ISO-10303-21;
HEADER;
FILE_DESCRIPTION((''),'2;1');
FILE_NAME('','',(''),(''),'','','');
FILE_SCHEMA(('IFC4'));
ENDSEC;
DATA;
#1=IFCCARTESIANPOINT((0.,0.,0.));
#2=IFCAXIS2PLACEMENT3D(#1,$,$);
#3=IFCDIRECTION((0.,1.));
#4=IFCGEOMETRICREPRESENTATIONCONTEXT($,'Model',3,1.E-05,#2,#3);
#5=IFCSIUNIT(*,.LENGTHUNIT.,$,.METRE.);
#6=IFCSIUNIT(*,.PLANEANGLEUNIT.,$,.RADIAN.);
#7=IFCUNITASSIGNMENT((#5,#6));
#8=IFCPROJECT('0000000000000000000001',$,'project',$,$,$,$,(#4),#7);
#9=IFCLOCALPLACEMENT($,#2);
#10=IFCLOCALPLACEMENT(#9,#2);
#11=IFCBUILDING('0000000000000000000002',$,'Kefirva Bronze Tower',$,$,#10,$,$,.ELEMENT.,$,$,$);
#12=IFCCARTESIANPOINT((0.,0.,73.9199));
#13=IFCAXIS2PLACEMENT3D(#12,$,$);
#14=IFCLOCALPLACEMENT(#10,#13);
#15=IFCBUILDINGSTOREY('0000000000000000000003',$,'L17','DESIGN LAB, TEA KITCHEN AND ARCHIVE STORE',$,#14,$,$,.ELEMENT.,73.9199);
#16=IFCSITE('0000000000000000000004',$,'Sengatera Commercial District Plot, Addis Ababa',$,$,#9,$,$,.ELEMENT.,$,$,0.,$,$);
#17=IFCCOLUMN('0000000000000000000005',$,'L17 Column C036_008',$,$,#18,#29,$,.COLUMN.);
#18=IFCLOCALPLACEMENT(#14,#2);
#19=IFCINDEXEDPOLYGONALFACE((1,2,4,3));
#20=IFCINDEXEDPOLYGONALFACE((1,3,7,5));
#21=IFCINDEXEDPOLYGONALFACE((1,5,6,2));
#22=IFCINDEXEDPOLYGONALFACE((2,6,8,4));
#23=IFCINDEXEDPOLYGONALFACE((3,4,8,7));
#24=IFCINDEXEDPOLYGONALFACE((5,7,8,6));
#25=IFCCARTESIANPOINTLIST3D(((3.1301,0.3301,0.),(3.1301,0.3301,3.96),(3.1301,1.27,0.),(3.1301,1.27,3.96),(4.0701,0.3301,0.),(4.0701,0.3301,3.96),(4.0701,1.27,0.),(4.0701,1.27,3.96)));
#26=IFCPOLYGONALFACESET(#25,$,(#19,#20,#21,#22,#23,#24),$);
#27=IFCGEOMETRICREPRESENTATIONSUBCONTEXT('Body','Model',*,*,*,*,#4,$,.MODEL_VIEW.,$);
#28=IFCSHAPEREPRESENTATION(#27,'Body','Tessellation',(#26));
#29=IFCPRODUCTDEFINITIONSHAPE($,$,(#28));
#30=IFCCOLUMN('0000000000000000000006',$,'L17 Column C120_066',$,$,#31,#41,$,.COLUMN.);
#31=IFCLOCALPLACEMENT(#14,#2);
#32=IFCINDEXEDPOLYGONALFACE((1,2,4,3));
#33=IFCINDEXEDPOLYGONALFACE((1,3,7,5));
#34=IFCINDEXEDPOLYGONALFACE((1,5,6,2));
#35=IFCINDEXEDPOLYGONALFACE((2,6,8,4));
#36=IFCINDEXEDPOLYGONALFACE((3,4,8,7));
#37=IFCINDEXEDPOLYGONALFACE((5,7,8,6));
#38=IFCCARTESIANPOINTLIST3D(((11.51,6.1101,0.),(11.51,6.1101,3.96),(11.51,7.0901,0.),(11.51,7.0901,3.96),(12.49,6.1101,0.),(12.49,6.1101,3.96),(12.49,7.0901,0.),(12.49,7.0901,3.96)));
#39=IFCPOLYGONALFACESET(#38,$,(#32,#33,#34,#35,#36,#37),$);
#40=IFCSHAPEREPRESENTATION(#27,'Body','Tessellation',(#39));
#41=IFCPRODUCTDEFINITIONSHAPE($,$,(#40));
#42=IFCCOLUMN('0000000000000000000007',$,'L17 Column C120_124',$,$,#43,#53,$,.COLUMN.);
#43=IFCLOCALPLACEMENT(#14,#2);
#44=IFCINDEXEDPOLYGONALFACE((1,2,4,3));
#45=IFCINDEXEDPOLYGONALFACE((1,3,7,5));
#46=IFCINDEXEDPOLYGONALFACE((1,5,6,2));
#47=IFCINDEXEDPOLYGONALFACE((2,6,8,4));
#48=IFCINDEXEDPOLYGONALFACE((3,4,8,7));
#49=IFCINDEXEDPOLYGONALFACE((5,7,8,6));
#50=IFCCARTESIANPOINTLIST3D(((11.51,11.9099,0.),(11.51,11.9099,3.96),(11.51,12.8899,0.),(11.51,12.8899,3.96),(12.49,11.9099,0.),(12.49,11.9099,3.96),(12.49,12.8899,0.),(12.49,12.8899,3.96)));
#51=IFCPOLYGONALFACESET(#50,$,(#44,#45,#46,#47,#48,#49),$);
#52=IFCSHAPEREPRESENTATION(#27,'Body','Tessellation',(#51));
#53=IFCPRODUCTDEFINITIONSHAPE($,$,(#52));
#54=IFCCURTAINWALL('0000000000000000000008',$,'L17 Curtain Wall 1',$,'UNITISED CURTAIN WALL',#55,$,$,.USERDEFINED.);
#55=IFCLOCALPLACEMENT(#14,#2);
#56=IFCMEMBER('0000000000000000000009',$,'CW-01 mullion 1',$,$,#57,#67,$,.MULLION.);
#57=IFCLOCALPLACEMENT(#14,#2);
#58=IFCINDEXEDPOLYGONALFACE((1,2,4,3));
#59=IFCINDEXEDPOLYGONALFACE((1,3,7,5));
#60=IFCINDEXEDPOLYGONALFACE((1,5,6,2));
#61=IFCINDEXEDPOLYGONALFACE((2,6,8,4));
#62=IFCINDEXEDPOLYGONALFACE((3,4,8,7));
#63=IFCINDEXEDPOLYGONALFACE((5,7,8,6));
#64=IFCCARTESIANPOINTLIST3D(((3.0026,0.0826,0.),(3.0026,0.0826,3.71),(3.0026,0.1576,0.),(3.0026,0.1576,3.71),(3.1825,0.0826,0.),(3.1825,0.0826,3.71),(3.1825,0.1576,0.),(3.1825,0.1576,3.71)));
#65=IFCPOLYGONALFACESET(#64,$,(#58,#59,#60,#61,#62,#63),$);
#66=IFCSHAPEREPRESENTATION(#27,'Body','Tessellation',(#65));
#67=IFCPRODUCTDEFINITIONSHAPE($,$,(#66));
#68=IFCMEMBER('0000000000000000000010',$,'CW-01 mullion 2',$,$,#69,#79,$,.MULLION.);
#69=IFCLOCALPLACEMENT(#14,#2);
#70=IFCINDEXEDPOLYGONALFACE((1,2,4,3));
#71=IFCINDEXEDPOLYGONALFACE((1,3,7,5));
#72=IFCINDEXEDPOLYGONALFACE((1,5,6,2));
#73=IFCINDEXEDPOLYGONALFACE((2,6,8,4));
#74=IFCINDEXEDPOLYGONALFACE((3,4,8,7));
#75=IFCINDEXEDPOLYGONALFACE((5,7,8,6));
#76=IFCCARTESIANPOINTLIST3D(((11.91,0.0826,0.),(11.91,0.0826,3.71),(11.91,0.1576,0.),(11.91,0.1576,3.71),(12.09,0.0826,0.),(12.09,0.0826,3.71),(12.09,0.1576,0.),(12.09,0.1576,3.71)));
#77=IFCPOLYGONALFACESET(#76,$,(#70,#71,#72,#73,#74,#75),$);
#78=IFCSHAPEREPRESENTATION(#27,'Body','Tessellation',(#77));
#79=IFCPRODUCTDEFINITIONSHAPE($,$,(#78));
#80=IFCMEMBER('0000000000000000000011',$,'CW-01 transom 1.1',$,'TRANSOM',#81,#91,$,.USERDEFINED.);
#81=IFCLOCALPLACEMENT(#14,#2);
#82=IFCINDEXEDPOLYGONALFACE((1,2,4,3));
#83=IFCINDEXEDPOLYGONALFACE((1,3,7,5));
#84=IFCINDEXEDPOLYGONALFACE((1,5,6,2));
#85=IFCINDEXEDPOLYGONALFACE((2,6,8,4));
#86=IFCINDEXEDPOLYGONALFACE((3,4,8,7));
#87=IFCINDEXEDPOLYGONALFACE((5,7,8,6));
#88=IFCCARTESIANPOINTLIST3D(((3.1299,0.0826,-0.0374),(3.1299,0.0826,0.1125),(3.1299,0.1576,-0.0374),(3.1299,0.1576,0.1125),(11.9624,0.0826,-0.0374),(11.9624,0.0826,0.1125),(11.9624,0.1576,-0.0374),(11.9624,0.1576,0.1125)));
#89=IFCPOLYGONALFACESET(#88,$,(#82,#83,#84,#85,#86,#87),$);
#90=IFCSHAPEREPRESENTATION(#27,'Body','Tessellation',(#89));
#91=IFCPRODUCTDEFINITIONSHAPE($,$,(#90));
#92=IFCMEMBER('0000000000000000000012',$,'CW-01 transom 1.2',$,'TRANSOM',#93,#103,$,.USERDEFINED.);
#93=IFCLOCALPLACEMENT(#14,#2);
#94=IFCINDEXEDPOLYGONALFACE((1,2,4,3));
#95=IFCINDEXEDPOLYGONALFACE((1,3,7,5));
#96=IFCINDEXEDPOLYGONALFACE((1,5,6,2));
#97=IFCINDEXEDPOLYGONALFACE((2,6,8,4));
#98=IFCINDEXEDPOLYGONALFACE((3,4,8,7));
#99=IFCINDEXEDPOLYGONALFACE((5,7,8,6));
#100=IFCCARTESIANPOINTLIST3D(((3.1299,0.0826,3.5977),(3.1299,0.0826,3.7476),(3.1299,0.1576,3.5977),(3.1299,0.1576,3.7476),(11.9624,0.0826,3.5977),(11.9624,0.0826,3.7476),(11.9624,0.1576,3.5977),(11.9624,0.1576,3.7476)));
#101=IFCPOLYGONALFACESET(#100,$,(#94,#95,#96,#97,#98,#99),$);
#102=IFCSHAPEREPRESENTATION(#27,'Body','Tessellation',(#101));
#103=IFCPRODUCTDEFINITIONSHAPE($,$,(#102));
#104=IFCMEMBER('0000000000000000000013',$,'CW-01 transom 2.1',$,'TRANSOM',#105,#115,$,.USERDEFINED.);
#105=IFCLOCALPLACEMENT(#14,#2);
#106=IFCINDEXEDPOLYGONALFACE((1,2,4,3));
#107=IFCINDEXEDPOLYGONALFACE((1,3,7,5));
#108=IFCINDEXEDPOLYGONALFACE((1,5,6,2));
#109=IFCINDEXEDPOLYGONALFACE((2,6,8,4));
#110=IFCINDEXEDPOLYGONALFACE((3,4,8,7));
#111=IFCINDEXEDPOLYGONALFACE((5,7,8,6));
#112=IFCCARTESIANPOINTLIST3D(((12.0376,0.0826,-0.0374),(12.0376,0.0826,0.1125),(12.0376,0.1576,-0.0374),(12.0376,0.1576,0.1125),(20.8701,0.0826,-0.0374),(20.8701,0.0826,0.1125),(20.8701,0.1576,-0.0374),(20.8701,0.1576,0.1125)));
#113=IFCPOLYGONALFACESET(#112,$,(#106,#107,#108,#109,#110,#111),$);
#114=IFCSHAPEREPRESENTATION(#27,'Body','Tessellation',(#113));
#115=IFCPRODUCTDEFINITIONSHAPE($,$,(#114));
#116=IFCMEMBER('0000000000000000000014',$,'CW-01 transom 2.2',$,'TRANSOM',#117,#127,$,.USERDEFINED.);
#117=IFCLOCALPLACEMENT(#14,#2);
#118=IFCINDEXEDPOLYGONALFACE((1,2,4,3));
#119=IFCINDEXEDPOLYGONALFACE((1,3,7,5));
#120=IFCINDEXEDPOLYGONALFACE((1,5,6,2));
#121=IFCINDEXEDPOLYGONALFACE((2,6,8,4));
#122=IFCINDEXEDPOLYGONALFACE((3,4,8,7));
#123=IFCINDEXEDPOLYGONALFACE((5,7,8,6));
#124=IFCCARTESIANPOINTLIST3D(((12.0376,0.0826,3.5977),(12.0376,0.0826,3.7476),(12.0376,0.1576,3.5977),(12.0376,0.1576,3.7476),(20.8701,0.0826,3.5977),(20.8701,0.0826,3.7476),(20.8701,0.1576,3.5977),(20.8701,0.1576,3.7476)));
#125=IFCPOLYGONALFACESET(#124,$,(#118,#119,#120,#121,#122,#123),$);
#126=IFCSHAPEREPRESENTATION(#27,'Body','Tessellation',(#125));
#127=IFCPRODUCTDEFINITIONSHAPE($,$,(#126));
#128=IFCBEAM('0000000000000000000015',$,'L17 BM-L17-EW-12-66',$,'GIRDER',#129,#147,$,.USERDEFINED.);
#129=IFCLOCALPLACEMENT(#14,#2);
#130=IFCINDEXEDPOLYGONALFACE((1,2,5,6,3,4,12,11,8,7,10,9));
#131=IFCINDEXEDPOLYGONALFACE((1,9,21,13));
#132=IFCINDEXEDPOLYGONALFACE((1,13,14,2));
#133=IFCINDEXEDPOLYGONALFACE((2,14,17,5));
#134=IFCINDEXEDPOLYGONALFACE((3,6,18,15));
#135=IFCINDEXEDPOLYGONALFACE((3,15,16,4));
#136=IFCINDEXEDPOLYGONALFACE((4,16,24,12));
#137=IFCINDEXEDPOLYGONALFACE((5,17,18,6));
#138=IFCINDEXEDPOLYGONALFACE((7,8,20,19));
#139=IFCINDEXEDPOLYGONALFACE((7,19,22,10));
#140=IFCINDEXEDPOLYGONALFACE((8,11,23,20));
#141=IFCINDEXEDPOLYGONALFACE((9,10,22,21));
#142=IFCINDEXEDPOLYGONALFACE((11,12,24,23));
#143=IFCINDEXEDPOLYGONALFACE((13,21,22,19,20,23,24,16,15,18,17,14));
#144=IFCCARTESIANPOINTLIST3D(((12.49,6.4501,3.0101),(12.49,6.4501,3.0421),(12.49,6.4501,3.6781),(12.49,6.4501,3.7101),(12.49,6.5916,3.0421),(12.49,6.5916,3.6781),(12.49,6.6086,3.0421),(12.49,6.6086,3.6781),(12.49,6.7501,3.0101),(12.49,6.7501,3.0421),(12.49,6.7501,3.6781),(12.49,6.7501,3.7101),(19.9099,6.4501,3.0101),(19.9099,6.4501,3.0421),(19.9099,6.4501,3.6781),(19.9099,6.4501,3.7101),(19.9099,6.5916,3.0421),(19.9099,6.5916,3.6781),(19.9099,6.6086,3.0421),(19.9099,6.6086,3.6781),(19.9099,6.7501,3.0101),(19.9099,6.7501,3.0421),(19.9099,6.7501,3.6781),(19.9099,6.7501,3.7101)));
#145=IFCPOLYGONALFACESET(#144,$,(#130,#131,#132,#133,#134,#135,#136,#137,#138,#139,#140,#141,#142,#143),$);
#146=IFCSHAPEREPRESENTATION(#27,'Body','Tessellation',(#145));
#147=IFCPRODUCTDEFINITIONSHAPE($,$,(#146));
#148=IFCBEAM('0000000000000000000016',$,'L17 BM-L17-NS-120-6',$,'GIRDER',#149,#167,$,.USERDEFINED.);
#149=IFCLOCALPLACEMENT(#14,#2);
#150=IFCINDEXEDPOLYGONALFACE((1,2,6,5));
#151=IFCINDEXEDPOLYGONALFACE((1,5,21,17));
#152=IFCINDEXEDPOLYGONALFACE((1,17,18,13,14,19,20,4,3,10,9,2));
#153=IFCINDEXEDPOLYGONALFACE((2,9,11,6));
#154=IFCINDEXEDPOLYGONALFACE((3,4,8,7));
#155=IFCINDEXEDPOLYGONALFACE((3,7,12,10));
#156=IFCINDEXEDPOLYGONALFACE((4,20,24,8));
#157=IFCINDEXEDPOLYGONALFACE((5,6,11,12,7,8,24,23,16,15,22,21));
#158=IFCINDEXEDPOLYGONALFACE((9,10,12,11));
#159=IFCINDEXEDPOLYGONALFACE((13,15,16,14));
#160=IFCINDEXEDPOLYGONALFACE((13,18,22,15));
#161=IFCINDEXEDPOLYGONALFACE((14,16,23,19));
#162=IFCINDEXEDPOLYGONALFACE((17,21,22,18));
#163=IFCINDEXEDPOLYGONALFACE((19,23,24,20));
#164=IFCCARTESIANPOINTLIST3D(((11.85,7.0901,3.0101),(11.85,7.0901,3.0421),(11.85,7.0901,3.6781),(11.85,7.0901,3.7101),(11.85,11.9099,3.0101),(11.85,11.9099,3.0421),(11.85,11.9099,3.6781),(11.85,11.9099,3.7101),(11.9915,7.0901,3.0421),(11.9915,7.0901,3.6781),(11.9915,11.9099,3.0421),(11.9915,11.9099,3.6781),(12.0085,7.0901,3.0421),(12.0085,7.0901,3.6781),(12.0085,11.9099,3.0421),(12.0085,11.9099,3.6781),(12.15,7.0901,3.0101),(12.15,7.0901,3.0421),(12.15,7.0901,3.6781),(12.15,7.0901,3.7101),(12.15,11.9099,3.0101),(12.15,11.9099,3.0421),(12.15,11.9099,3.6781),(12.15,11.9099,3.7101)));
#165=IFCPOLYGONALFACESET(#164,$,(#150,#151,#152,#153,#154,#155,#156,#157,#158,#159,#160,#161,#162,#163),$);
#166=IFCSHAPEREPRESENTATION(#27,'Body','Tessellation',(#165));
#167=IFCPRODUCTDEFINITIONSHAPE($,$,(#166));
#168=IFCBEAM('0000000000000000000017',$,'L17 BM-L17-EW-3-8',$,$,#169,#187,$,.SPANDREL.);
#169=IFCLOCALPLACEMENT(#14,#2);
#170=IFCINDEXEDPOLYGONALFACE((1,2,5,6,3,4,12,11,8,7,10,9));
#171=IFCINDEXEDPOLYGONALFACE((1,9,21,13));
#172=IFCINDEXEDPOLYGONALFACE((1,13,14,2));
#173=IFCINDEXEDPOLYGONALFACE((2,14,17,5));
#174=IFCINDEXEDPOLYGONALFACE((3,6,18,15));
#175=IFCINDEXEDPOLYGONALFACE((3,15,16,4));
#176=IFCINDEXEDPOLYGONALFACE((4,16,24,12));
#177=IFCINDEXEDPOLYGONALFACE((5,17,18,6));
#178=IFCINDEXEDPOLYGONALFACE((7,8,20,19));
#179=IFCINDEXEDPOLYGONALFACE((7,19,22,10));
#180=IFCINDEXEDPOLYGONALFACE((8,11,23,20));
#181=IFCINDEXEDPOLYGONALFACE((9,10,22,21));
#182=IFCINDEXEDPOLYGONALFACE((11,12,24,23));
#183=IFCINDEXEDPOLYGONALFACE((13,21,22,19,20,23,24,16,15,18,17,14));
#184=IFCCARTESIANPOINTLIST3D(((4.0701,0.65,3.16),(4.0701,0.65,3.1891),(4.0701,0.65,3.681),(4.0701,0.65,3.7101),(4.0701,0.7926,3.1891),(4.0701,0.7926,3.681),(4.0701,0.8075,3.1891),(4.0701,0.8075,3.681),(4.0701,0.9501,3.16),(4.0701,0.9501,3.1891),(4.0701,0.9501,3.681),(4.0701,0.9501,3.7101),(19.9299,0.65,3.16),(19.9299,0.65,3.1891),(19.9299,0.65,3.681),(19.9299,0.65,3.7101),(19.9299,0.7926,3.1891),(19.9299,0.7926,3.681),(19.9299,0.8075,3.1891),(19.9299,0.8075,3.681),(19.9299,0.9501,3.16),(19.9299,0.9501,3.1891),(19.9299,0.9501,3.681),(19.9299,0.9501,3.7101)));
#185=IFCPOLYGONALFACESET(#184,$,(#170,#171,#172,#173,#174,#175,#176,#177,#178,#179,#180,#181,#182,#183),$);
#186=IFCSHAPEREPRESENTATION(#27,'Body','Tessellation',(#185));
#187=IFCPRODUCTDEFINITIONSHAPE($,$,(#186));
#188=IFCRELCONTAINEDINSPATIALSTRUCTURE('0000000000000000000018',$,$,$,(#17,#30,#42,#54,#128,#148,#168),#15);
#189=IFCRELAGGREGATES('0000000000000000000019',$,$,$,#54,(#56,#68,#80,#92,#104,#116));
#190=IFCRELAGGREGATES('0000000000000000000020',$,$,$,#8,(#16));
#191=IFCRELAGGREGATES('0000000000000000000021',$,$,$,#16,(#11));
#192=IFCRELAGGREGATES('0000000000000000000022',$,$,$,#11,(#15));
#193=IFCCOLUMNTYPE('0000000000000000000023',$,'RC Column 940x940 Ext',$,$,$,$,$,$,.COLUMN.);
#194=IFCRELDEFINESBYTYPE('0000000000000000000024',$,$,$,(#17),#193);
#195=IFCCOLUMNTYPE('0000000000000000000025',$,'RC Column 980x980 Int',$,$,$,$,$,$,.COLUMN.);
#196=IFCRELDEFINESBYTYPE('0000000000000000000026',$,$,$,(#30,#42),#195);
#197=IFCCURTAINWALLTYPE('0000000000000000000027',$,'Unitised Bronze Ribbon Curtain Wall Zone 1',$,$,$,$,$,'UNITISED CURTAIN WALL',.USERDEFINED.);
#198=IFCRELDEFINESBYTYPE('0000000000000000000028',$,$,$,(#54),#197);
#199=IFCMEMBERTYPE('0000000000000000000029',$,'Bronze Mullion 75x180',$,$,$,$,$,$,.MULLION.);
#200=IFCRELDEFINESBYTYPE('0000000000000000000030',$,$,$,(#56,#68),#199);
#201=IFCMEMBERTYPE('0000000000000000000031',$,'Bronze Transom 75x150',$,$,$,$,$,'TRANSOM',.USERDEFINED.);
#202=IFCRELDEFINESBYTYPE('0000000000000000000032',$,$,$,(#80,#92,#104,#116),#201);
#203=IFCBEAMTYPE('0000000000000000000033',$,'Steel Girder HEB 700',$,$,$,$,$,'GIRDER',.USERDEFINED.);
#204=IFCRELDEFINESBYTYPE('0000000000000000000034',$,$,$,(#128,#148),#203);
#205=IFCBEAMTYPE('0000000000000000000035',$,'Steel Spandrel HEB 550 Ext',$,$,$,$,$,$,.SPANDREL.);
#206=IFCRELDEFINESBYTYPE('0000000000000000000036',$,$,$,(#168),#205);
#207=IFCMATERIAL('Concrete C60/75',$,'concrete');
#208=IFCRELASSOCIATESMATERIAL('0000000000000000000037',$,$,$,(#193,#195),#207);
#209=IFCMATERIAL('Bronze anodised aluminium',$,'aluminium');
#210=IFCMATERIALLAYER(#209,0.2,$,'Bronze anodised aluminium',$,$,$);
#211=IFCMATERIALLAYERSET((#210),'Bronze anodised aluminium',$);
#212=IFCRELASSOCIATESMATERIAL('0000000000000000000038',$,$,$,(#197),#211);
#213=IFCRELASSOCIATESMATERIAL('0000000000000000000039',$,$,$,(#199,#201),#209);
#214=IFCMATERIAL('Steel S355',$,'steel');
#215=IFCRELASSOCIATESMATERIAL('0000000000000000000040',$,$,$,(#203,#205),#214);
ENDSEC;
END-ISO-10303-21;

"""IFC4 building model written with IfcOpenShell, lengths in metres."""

from ifc_helpers import new_model, si_unit, direction, frame, origin, origin_2d, place, context, subcontext, project, spatial, rectangle, i_section, extrude, material, layer, layer_set, material_profile, profile_set, type_object, element, aggregate, save


model = new_model("IFC4")

# Units and contexts
model_context = context("Model", 3, precision=1e-05, world=origin(), true_north=direction((0.0, 1.0)))
body_context = subcontext(model_context, "Body", "Model", "MODEL_VIEW")
ifc_project = project(units=[si_unit("LENGTHUNIT", "METRE"), si_unit("PLANEANGLEUNIT", "RADIAN")], contexts=[model_context])

# Site, building, storey
site_placement = place(None, origin())
site = spatial("IfcSite", under=ifc_project, at=site_placement, Name="Sengatera Commercial District Plot, Addis Ababa", CompositionType="ELEMENT", RefElevation=0.0)
building_placement = place(site_placement, origin())
building = spatial("IfcBuilding", under=site, at=building_placement, Name="Kefirva Bronze Tower", CompositionType="ELEMENT")
storey_placement = place(building_placement, frame((0.0, 0.0, 73.9199)))
storey = spatial("IfcBuildingStorey", under=building, at=storey_placement, Name="L17", Description="DESIGN LAB, TEA KITCHEN AND ARCHIVE STORE", CompositionType="ELEMENT", Elevation=73.9199)

# Columns
ifc_material_1 = material(Name="Concrete C60/75", Category="concrete")
ifc_material_profile_1 = material_profile(ifc_material_1, rectangle(XDim=0.9399, YDim=0.9399, at=origin_2d()), Name="RC 940x940")
ifc_profile_set_1 = profile_set([ifc_material_profile_1], Name="Concrete C60/75")
column_type_1 = type_object("IfcColumnType", Name="RC Column 940x940 Ext", PredefinedType="COLUMN", material=ifc_profile_set_1)
column_placement = place(storey_placement, frame((3.6001, 0.8, 0.0), z_axis=(0.0, 0.0, 1.0), x_axis=(1.0, 0.0, 0.0)))
element("IfcColumn", 1, at=column_placement, inside=storey, type_object=column_type_1, Name="L17 Column C036_008", PredefinedType="COLUMN", context=body_context, shape_type="SweptSolid", body=[
    extrude(rectangle(XDim=0.9399, YDim=0.9399, at=origin_2d()), origin(), (0.0, 0.0, 1.0), 3.96),
])
ifc_material_profile_2 = material_profile(ifc_material_1, rectangle(XDim=0.98, YDim=0.98, at=origin_2d()), Name="RC 980x980")
ifc_profile_set_2 = profile_set([ifc_material_profile_2], Name="Concrete C60/75")
column_type_2 = type_object("IfcColumnType", Name="RC Column 980x980 Int", PredefinedType="COLUMN", material=ifc_profile_set_2)
for number, where, z_axis, x_axis, name in (
    (2, (12.0, 6.6001, 0.0), (0.0, 0.0, 1.0), (1.0, 0.0, 0.0), "L17 Column C120_066"),
    (3, (12.0, 12.3999, 0.0), (0.0, 0.0, 1.0), (1.0, 0.0, 0.0), "L17 Column C120_124"),
):
    element("IfcColumn", number, at=place(storey_placement, frame(where, z_axis=z_axis, x_axis=x_axis)), inside=storey, type_object=column_type_2, Name=name, PredefinedType="COLUMN", context=body_context, shape_type="SweptSolid", body=[
        extrude(rectangle(XDim=0.98, YDim=0.98, at=origin_2d()), origin(), (0.0, 0.0, 1.0), 3.96),
    ])

# Curtain wall, members
ifc_material_2 = material(Name="Bronze anodised aluminium", Category="aluminium")
ifc_layer_1 = layer(ifc_material_2, 0.2, Name="Bronze anodised aluminium")
ifc_layer_set_1 = layer_set([ifc_layer_1], Name="Bronze anodised aluminium")
curtain_wall_type = type_object("IfcCurtainWallType", Name="Unitised Bronze Ribbon Curtain Wall Zone 1", ElementType="UNITISED CURTAIN WALL", PredefinedType="USERDEFINED", material=ifc_layer_set_1)
curtain_wall_placement = place(storey_placement, origin())
curtain_wall = element("IfcCurtainWall", 4, at=curtain_wall_placement, inside=storey, type_object=curtain_wall_type, Name="L17 Curtain Wall 1", ObjectType="UNITISED CURTAIN WALL", PredefinedType="USERDEFINED")
ifc_material_profile_3 = material_profile(ifc_material_2, rectangle(XDim=0.075, YDim=0.1799, at=origin_2d()), Name="ALU 75x180")
ifc_profile_set_3 = profile_set([ifc_material_profile_3], Name="Bronze anodised aluminium")
member_type_1 = type_object("IfcMemberType", Name="Bronze Mullion 75x180", PredefinedType="MULLION", material=ifc_profile_set_3)
member_1_placement = place(storey_placement, frame((3.0925, 0.1201, 0.0), z_axis=(0.0, 0.0, 1.0), x_axis=(0.0, 1.0, 0.0)))
member_1 = element("IfcMember", 5, at=member_1_placement, type_object=member_type_1, Name="CW-01 mullion 1", PredefinedType="MULLION", context=body_context, shape_type="SweptSolid", body=[
    extrude(rectangle(XDim=0.075, YDim=0.1799, at=origin_2d()), origin(), (0.0, 0.0, 1.0), 3.71),
])
member_2_placement = place(storey_placement, frame((12.0, 0.1201, 0.0), z_axis=(0.0, 0.0, 1.0), x_axis=(0.0, 1.0, 0.0)))
member_2 = element("IfcMember", 6, at=member_2_placement, type_object=member_type_1, Name="CW-01 mullion 2", PredefinedType="MULLION", context=body_context, shape_type="SweptSolid", body=[
    extrude(rectangle(XDim=0.075, YDim=0.1799, at=origin_2d()), origin(), (0.0, 0.0, 1.0), 3.71),
])
ifc_material_profile_4 = material_profile(ifc_material_2, rectangle(XDim=0.075, YDim=0.1499, at=origin_2d()), Name="ALU 75x150")
ifc_profile_set_4 = profile_set([ifc_material_profile_4], Name="Bronze anodised aluminium")
member_type_2 = type_object("IfcMemberType", Name="Bronze Transom 75x150", ElementType="TRANSOM", PredefinedType="USERDEFINED", material=ifc_profile_set_4)
member_3_placement = place(storey_placement, frame((3.1299, 0.1201, 0.0376), z_axis=(1.0, 0.0, 0.0), x_axis=(0.0, 1.0, 0.0)))
member_3 = element("IfcMember", 7, at=member_3_placement, type_object=member_type_2, Name="CW-01 transom 1.1", ObjectType="TRANSOM", PredefinedType="USERDEFINED", context=body_context, shape_type="SweptSolid", body=[
    extrude(rectangle(XDim=0.075, YDim=0.1499, at=origin_2d()), origin(), (0.0, 0.0, 1.0), 8.8325),
])
member_4_placement = place(storey_placement, frame((3.1299, 0.1201, 3.6726), z_axis=(1.0, 0.0, 0.0), x_axis=(0.0, 1.0, 0.0)))
member_4 = element("IfcMember", 8, at=member_4_placement, type_object=member_type_2, Name="CW-01 transom 1.2", ObjectType="TRANSOM", PredefinedType="USERDEFINED", context=body_context, shape_type="SweptSolid", body=[
    extrude(rectangle(XDim=0.075, YDim=0.1499, at=origin_2d()), origin(), (0.0, 0.0, 1.0), 8.8325),
])
member_5_placement = place(storey_placement, frame((12.0376, 0.1201, 0.0376), z_axis=(1.0, 0.0, 0.0), x_axis=(0.0, 1.0, 0.0)))
member_5 = element("IfcMember", 9, at=member_5_placement, type_object=member_type_2, Name="CW-01 transom 2.1", ObjectType="TRANSOM", PredefinedType="USERDEFINED", context=body_context, shape_type="SweptSolid", body=[
    extrude(rectangle(XDim=0.075, YDim=0.1499, at=origin_2d()), origin(), (0.0, 0.0, 1.0), 8.8325),
])
member_6_placement = place(storey_placement, frame((12.0376, 0.1201, 3.6726), z_axis=(1.0, 0.0, 0.0), x_axis=(0.0, 1.0, 0.0)))
member_6 = element("IfcMember", 10, at=member_6_placement, type_object=member_type_2, Name="CW-01 transom 2.2", ObjectType="TRANSOM", PredefinedType="USERDEFINED", context=body_context, shape_type="SweptSolid", body=[
    extrude(rectangle(XDim=0.075, YDim=0.1499, at=origin_2d()), origin(), (0.0, 0.0, 1.0), 8.8325),
])

# Beams
ifc_material_3 = material(Name="Steel S355", Category="steel")
ifc_material_profile_5 = material_profile(ifc_material_3, i_section(OverallWidth=0.3, OverallDepth=0.7, WebThickness=0.0171, FlangeThickness=0.032, at=origin_2d()), Name="HEB 700")
ifc_profile_set_5 = profile_set([ifc_material_profile_5], Name="Steel S355")
beam_type_1 = type_object("IfcBeamType", Name="Steel Girder HEB 700", ElementType="GIRDER", PredefinedType="USERDEFINED", material=ifc_profile_set_5)
beam_1_placement = place(storey_placement, frame((12.49, 6.6001, 3.3601), z_axis=(1.0, 0.0, 0.0), x_axis=(0.0, 1.0, 0.0)))
element("IfcBeam", 11, at=beam_1_placement, inside=storey, type_object=beam_type_1, Name="L17 BM-L17-EW-12-66", ObjectType="GIRDER", PredefinedType="USERDEFINED", context=body_context, shape_type="SweptSolid", body=[
    extrude(i_section(OverallWidth=0.3, OverallDepth=0.7, WebThickness=0.0171, FlangeThickness=0.032, at=origin_2d()), origin(), (0.0, 0.0, 1.0), 7.4199),
])
beam_2_placement = place(storey_placement, frame((12.0, 7.0901, 3.3601), z_axis=(0.0, 1.0, 0.0), x_axis=(-1.0, 0.0, 0.0)))
element("IfcBeam", 12, at=beam_2_placement, inside=storey, type_object=beam_type_1, Name="L17 BM-L17-NS-120-6", ObjectType="GIRDER", PredefinedType="USERDEFINED", context=body_context, shape_type="SweptSolid", body=[
    extrude(i_section(OverallWidth=0.3, OverallDepth=0.7, WebThickness=0.0171, FlangeThickness=0.032, at=origin_2d()), origin(), (0.0, 0.0, 1.0), 4.8198),
])
ifc_material_profile_6 = material_profile(ifc_material_3, i_section(OverallWidth=0.3, OverallDepth=0.55, WebThickness=0.0149, FlangeThickness=0.0291, at=origin_2d()), Name="HEB 550")
ifc_profile_set_6 = profile_set([ifc_material_profile_6], Name="Steel S355")
beam_type_2 = type_object("IfcBeamType", Name="Steel Spandrel HEB 550 Ext", PredefinedType="SPANDREL", material=ifc_profile_set_6)
beam_3_placement = place(storey_placement, frame((4.0701, 0.8, 3.4351), z_axis=(1.0, 0.0, 0.0), x_axis=(0.0, 1.0, 0.0)))
element("IfcBeam", 13, at=beam_3_placement, inside=storey, type_object=beam_type_2, Name="L17 BM-L17-EW-3-8", PredefinedType="SPANDREL", context=body_context, shape_type="SweptSolid", body=[
    extrude(i_section(OverallWidth=0.3, OverallDepth=0.55, WebThickness=0.0149, FlangeThickness=0.0291, at=origin_2d()), origin(), (0.0, 0.0, 1.0), 15.8599),
])

aggregate(curtain_wall, [member_1, member_2, member_3, member_4, member_5, member_6])

save(model, "model.ifc")
